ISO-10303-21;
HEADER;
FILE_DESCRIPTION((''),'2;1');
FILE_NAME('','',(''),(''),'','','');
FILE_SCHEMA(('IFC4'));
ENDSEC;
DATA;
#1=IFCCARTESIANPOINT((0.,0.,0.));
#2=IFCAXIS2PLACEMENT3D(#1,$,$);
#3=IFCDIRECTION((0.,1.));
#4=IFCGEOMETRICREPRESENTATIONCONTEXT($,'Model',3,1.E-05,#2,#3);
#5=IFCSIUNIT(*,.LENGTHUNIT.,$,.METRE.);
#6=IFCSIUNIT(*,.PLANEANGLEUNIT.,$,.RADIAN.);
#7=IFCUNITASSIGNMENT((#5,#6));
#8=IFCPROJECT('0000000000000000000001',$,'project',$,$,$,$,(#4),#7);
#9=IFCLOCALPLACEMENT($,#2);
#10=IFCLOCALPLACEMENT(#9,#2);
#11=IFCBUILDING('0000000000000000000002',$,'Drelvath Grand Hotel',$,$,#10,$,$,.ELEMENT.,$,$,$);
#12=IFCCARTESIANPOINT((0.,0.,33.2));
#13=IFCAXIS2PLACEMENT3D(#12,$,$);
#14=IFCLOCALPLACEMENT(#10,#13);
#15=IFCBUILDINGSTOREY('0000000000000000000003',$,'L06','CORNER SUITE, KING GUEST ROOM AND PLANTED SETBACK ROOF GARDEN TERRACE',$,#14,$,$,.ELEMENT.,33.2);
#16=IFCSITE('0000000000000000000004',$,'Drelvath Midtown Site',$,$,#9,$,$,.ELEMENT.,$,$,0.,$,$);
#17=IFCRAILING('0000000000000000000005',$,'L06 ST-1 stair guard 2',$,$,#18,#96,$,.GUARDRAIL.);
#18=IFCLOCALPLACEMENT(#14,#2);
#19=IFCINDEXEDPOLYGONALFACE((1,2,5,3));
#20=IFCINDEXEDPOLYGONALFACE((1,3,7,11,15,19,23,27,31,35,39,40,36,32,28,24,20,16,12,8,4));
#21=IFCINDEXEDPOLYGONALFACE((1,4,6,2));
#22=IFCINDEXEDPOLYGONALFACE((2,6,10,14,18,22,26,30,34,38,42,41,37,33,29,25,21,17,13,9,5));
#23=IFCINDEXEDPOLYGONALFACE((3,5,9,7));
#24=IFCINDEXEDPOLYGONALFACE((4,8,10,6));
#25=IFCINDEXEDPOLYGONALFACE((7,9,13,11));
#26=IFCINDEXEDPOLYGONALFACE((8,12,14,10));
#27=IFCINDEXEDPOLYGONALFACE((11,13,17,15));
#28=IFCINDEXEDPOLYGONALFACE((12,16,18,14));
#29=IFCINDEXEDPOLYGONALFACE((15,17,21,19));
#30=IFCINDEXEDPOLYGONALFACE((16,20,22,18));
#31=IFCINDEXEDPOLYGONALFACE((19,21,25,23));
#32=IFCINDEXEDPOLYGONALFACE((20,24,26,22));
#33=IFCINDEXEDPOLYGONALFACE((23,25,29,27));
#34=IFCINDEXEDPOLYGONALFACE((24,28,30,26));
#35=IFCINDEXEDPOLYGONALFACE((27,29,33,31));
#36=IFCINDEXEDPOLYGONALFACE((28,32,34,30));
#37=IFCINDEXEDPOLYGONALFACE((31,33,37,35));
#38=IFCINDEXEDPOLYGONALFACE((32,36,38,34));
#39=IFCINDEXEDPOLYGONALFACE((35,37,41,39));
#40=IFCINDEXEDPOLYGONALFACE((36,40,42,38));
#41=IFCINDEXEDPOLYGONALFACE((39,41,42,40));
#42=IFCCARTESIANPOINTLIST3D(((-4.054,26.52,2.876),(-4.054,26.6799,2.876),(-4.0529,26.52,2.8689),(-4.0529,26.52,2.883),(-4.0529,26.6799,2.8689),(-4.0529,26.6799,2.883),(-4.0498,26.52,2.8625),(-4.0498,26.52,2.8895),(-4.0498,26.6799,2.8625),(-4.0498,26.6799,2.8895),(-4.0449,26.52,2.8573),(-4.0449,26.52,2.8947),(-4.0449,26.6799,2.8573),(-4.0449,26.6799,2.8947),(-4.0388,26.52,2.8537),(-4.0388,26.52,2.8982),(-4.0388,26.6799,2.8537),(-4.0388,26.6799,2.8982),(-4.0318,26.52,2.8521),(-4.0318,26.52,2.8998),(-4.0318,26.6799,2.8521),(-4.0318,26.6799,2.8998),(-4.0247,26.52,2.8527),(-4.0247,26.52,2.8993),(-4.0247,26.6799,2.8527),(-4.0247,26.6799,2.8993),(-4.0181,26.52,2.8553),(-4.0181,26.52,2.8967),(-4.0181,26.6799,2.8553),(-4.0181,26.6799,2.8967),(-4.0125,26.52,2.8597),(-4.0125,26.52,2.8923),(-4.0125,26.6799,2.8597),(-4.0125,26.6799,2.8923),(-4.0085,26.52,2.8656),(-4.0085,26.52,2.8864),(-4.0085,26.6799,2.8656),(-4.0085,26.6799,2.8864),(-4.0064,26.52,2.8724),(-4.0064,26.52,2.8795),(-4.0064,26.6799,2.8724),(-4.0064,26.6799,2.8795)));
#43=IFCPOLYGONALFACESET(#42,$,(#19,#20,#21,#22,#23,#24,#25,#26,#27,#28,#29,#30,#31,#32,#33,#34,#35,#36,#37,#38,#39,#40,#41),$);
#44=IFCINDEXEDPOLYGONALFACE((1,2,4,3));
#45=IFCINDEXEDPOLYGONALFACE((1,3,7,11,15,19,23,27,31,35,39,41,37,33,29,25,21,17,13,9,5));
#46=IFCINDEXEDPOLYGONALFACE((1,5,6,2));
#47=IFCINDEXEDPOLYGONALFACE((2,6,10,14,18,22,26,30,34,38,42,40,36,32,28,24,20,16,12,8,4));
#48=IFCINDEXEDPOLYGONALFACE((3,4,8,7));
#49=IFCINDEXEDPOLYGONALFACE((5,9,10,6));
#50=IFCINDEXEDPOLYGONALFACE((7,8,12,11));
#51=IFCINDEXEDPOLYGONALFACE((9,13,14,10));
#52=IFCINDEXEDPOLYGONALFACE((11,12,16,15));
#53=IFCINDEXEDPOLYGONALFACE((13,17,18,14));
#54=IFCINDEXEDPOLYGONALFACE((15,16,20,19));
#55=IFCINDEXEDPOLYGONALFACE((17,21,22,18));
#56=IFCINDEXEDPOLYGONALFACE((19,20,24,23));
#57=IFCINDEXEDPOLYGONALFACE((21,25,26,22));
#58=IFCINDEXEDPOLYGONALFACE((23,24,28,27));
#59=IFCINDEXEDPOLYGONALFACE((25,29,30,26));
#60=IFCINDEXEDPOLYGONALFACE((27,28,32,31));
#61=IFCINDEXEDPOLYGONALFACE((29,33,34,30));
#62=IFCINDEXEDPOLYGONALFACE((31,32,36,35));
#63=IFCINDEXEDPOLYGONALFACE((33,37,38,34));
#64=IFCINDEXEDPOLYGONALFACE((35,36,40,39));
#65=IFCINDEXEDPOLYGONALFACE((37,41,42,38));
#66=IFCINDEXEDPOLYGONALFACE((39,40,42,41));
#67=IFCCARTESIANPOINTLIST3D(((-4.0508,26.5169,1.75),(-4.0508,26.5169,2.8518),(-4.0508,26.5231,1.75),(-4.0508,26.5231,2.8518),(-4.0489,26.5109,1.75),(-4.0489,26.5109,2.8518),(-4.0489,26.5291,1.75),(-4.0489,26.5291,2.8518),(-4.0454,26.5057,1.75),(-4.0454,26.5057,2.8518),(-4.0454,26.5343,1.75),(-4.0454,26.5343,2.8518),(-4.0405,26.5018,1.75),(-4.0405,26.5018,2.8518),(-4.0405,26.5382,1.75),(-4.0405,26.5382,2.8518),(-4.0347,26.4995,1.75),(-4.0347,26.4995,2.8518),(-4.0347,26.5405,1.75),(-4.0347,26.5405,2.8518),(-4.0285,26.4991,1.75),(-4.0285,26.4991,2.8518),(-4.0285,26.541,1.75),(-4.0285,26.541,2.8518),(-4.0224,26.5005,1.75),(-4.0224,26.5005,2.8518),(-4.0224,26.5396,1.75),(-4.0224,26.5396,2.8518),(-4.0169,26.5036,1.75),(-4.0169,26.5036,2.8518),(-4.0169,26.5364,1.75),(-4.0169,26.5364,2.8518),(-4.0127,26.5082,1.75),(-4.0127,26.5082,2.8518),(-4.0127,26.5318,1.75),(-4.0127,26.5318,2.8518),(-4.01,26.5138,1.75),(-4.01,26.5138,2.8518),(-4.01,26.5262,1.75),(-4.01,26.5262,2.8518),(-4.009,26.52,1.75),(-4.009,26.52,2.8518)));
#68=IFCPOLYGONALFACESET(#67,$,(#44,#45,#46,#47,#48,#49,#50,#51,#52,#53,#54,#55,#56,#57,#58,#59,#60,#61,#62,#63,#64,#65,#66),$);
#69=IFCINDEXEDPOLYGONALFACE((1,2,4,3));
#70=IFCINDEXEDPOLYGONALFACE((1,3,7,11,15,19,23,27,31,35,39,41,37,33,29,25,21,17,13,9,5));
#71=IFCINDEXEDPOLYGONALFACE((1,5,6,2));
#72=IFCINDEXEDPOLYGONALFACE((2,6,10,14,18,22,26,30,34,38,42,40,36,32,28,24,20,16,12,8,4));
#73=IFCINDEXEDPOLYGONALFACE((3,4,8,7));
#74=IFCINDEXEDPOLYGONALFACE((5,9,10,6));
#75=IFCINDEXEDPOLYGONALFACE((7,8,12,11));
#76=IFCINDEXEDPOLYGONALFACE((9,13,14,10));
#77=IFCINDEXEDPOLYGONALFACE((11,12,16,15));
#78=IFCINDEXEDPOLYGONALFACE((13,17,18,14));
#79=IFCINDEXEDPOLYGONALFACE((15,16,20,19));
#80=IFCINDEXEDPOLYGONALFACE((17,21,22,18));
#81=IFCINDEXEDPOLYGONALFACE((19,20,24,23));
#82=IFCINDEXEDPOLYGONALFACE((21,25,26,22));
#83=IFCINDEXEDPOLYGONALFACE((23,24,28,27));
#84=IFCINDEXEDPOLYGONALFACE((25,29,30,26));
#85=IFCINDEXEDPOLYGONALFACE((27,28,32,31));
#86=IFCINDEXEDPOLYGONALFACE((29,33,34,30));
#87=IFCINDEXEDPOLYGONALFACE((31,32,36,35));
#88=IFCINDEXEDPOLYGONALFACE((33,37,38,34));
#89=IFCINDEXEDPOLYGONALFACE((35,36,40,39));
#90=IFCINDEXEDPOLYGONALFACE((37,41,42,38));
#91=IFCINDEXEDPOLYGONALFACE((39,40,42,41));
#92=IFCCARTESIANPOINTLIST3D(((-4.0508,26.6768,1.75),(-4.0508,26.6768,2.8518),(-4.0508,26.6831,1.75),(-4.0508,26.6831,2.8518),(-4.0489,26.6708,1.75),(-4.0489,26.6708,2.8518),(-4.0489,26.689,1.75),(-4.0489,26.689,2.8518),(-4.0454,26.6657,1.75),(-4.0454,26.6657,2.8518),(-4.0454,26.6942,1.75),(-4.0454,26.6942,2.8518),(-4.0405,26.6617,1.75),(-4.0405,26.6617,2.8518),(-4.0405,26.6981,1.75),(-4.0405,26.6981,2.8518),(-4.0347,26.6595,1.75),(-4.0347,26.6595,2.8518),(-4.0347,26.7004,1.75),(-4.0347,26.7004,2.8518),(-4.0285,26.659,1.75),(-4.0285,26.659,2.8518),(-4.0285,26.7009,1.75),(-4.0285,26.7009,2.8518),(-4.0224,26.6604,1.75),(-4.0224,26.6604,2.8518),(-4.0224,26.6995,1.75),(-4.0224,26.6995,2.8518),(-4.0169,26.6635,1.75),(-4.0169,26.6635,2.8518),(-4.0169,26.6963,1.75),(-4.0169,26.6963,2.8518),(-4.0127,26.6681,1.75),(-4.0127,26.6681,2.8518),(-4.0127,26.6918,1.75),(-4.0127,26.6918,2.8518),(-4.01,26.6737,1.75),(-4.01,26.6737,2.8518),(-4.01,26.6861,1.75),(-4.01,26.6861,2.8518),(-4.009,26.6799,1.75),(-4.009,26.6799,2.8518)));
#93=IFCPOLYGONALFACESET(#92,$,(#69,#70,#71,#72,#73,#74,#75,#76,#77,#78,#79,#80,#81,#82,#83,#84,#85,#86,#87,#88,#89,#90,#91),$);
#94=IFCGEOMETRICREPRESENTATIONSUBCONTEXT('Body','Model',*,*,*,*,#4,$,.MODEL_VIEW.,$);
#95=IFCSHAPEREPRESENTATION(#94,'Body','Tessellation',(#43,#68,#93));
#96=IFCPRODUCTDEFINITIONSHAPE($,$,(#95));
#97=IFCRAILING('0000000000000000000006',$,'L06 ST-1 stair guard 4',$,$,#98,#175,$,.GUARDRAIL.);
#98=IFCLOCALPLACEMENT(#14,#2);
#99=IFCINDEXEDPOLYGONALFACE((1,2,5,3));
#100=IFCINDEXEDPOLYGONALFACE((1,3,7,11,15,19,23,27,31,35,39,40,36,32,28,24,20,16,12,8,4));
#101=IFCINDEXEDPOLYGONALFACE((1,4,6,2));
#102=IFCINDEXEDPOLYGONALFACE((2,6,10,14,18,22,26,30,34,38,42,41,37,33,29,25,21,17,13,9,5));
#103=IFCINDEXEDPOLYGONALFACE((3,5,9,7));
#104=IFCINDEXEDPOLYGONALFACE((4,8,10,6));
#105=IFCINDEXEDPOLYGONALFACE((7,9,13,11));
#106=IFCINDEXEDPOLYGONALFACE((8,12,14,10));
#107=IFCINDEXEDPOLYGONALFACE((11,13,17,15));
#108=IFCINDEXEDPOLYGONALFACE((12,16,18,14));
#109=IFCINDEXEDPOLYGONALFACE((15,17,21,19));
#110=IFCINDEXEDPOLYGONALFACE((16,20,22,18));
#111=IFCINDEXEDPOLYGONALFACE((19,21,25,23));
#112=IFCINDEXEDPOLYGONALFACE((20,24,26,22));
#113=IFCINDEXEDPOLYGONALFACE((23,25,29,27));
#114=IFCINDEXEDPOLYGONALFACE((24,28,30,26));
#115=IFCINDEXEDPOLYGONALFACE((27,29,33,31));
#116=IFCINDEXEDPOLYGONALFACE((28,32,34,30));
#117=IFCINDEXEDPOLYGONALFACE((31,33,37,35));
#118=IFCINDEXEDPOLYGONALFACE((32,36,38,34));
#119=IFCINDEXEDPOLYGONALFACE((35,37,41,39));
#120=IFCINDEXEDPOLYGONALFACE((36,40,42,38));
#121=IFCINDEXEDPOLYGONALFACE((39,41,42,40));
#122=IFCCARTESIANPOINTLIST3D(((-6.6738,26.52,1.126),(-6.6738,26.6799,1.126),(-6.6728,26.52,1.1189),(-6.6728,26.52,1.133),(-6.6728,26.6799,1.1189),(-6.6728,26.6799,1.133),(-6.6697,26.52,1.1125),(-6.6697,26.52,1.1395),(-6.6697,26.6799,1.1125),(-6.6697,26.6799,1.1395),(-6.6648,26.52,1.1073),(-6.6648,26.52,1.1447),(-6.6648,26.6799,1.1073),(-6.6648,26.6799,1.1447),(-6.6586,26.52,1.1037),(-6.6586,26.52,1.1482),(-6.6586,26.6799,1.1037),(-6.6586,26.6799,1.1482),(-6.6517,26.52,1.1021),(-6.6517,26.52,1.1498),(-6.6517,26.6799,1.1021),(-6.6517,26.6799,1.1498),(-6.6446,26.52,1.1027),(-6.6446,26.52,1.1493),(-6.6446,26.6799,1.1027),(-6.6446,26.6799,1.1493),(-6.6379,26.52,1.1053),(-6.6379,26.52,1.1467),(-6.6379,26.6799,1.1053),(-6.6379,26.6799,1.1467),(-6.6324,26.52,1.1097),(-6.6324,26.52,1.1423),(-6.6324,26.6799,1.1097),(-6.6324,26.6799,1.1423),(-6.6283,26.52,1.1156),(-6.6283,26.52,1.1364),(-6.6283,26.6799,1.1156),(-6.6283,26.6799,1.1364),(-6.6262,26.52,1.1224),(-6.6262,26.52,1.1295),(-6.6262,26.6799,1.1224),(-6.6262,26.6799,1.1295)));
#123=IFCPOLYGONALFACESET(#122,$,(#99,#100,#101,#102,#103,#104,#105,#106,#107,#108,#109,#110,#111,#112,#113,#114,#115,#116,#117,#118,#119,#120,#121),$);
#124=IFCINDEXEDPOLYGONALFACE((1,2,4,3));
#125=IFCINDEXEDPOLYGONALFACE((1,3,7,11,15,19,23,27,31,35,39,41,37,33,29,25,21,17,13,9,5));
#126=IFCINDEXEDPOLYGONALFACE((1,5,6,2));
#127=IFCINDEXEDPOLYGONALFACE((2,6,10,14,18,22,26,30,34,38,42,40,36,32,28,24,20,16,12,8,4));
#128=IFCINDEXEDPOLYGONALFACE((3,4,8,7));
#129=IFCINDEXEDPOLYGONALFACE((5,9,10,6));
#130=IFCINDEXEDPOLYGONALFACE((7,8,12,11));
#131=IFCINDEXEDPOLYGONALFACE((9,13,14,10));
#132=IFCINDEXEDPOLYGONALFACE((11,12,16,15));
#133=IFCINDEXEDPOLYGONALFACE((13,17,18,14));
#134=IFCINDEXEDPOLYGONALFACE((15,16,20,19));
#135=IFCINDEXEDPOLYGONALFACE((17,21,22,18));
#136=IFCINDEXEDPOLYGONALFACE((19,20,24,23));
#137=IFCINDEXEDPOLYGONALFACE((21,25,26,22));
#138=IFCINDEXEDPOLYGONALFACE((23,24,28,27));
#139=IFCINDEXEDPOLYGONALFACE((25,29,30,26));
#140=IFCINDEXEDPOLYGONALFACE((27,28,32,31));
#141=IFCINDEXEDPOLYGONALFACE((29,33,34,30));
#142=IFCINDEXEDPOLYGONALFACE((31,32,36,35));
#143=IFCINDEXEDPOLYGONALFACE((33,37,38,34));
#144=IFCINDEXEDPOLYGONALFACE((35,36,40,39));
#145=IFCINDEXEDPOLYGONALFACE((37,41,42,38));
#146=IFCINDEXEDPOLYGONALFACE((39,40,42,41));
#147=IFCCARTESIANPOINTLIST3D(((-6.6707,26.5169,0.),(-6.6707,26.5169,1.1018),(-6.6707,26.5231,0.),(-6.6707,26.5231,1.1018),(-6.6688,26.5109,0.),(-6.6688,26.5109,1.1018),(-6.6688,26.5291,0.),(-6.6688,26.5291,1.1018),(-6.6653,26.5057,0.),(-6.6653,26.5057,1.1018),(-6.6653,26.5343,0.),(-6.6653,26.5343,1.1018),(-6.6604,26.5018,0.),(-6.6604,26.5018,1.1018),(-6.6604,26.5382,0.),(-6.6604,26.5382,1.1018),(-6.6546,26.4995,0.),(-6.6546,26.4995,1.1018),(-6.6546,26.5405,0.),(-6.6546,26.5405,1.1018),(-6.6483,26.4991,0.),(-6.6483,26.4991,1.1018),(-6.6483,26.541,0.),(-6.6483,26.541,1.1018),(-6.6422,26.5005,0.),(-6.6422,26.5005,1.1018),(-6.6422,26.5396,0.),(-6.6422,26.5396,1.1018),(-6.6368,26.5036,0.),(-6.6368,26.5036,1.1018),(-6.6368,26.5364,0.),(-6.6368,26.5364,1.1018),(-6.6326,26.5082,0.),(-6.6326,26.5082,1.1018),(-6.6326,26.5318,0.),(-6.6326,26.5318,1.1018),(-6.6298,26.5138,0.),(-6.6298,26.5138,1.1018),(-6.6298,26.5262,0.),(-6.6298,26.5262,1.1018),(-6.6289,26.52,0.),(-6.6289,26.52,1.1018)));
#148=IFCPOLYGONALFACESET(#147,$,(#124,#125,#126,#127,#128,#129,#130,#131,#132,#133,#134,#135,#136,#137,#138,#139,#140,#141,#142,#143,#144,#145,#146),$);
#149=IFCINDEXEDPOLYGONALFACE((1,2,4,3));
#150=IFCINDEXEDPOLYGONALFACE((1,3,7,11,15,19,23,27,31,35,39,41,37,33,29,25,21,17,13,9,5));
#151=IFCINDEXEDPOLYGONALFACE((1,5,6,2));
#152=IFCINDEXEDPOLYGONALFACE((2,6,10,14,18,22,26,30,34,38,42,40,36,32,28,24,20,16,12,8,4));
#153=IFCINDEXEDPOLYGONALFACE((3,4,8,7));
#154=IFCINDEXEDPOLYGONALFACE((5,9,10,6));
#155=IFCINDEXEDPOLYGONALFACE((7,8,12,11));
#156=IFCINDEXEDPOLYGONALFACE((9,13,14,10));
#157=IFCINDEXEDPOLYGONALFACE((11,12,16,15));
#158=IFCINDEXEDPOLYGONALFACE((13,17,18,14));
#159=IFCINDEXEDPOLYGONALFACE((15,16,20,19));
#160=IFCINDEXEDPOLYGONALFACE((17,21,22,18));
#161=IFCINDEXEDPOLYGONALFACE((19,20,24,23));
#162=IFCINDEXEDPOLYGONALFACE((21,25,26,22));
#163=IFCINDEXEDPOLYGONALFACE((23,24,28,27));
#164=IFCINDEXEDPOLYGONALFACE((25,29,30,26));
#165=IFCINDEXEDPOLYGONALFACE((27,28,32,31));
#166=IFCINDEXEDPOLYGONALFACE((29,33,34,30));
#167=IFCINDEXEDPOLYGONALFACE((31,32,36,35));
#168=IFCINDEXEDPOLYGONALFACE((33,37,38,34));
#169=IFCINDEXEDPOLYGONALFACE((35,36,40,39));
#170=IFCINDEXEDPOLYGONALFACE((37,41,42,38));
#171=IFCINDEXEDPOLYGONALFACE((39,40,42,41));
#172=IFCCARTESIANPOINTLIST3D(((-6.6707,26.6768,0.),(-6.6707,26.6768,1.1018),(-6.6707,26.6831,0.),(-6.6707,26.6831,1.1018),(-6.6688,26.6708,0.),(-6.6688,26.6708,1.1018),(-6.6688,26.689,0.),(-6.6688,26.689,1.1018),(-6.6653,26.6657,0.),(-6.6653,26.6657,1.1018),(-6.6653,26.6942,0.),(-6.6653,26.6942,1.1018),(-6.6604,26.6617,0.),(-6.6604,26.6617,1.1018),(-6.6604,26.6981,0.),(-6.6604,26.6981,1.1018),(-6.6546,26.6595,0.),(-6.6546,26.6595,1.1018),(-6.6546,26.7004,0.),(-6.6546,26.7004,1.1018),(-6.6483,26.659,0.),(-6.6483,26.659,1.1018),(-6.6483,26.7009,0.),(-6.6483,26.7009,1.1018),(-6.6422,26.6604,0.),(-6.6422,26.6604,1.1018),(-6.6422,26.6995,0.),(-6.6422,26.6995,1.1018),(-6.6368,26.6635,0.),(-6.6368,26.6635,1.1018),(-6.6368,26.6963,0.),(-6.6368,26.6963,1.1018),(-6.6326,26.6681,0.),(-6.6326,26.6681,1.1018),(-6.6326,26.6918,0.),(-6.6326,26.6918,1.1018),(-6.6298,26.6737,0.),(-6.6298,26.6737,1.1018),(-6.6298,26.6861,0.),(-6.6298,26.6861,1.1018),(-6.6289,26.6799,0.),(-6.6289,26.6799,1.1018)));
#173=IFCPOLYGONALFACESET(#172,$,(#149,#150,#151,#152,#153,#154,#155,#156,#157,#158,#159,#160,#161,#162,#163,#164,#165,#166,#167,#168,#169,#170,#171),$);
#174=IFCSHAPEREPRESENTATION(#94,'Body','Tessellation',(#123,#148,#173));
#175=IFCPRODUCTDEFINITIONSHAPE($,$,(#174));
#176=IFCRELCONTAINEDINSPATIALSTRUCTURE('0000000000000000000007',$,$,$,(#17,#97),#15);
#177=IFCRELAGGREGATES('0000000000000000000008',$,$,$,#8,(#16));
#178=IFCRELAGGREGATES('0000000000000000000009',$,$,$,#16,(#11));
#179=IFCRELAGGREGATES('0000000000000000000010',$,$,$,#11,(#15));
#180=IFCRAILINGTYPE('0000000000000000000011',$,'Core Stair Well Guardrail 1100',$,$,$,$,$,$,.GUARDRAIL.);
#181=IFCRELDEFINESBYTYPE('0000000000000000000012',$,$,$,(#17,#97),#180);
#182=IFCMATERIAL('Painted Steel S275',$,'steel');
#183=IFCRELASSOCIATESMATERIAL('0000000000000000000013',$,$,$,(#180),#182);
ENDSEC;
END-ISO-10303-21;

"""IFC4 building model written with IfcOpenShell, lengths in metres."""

from ifc_helpers import new_model, si_unit, direction, frame, origin, origin_2d, place, context, subcontext, project, spatial, circle, extrude, material, type_object, element, save


model = new_model("IFC4")

# Units and contexts
model_context = context("Model", 3, precision=1e-05, world=origin(), true_north=direction((0.0, 1.0)))
body_context = subcontext(model_context, "Body", "Model", "MODEL_VIEW")
ifc_project = project(units=[si_unit("LENGTHUNIT", "METRE"), si_unit("PLANEANGLEUNIT", "RADIAN")], contexts=[model_context])

# Site, building, storey
site_placement = place(None, origin())
site = spatial("IfcSite", under=ifc_project, at=site_placement, Name="Drelvath Midtown Site", CompositionType="ELEMENT", RefElevation=0.0)
building_placement = place(site_placement, origin())
building = spatial("IfcBuilding", under=site, at=building_placement, Name="Drelvath Grand Hotel", CompositionType="ELEMENT")
storey_placement = place(building_placement, frame((0.0, 0.0, 33.2)))
storey = spatial("IfcBuildingStorey", under=building, at=storey_placement, Name="L06", Description="CORNER SUITE, KING GUEST ROOM AND PLANTED SETBACK ROOF GARDEN TERRACE", CompositionType="ELEMENT", Elevation=33.2)

# Shared definitions
ifc_material_1 = material(Name="Painted Steel S275", Category="steel")

# Railings
railing_type_1 = type_object("IfcRailingType", Name="Core Stair Well Guardrail 1100", PredefinedType="GUARDRAIL", material=ifc_material_1)
for number, where, name in (
    (1, (-4.03, 26.52, 1.75), "L06 ST-1 stair guard 2"),
    (2, (-6.6499, 26.52, 0.0), "L06 ST-1 stair guard 4"),
):
    element("IfcRailing", number, at=place(storey_placement, frame(where)), inside=storey, type_object=railing_type_1, Name=name, PredefinedType="GUARDRAIL", context=body_context, shape_type="SweptSolid", body=[
        extrude(circle(Radius=0.0239, at=origin_2d()), frame((0.0, 0.0, 1.126), z_axis=(0.0, 1.0, 0.0), x_axis=(-1.0, 0.0, 0.0)), (0.0, 0.0, 1.0), 0.1599),
        extrude(circle(Radius=0.021, at=origin_2d()), origin(), (0.0, 0.0, 1.0), 1.1018),
        extrude(circle(Radius=0.021, at=origin_2d()), frame((0.0, 0.1599, 0.0)), (0.0, 0.0, 1.0), 1.1018),
    ])

save(model, "model.ifc")
